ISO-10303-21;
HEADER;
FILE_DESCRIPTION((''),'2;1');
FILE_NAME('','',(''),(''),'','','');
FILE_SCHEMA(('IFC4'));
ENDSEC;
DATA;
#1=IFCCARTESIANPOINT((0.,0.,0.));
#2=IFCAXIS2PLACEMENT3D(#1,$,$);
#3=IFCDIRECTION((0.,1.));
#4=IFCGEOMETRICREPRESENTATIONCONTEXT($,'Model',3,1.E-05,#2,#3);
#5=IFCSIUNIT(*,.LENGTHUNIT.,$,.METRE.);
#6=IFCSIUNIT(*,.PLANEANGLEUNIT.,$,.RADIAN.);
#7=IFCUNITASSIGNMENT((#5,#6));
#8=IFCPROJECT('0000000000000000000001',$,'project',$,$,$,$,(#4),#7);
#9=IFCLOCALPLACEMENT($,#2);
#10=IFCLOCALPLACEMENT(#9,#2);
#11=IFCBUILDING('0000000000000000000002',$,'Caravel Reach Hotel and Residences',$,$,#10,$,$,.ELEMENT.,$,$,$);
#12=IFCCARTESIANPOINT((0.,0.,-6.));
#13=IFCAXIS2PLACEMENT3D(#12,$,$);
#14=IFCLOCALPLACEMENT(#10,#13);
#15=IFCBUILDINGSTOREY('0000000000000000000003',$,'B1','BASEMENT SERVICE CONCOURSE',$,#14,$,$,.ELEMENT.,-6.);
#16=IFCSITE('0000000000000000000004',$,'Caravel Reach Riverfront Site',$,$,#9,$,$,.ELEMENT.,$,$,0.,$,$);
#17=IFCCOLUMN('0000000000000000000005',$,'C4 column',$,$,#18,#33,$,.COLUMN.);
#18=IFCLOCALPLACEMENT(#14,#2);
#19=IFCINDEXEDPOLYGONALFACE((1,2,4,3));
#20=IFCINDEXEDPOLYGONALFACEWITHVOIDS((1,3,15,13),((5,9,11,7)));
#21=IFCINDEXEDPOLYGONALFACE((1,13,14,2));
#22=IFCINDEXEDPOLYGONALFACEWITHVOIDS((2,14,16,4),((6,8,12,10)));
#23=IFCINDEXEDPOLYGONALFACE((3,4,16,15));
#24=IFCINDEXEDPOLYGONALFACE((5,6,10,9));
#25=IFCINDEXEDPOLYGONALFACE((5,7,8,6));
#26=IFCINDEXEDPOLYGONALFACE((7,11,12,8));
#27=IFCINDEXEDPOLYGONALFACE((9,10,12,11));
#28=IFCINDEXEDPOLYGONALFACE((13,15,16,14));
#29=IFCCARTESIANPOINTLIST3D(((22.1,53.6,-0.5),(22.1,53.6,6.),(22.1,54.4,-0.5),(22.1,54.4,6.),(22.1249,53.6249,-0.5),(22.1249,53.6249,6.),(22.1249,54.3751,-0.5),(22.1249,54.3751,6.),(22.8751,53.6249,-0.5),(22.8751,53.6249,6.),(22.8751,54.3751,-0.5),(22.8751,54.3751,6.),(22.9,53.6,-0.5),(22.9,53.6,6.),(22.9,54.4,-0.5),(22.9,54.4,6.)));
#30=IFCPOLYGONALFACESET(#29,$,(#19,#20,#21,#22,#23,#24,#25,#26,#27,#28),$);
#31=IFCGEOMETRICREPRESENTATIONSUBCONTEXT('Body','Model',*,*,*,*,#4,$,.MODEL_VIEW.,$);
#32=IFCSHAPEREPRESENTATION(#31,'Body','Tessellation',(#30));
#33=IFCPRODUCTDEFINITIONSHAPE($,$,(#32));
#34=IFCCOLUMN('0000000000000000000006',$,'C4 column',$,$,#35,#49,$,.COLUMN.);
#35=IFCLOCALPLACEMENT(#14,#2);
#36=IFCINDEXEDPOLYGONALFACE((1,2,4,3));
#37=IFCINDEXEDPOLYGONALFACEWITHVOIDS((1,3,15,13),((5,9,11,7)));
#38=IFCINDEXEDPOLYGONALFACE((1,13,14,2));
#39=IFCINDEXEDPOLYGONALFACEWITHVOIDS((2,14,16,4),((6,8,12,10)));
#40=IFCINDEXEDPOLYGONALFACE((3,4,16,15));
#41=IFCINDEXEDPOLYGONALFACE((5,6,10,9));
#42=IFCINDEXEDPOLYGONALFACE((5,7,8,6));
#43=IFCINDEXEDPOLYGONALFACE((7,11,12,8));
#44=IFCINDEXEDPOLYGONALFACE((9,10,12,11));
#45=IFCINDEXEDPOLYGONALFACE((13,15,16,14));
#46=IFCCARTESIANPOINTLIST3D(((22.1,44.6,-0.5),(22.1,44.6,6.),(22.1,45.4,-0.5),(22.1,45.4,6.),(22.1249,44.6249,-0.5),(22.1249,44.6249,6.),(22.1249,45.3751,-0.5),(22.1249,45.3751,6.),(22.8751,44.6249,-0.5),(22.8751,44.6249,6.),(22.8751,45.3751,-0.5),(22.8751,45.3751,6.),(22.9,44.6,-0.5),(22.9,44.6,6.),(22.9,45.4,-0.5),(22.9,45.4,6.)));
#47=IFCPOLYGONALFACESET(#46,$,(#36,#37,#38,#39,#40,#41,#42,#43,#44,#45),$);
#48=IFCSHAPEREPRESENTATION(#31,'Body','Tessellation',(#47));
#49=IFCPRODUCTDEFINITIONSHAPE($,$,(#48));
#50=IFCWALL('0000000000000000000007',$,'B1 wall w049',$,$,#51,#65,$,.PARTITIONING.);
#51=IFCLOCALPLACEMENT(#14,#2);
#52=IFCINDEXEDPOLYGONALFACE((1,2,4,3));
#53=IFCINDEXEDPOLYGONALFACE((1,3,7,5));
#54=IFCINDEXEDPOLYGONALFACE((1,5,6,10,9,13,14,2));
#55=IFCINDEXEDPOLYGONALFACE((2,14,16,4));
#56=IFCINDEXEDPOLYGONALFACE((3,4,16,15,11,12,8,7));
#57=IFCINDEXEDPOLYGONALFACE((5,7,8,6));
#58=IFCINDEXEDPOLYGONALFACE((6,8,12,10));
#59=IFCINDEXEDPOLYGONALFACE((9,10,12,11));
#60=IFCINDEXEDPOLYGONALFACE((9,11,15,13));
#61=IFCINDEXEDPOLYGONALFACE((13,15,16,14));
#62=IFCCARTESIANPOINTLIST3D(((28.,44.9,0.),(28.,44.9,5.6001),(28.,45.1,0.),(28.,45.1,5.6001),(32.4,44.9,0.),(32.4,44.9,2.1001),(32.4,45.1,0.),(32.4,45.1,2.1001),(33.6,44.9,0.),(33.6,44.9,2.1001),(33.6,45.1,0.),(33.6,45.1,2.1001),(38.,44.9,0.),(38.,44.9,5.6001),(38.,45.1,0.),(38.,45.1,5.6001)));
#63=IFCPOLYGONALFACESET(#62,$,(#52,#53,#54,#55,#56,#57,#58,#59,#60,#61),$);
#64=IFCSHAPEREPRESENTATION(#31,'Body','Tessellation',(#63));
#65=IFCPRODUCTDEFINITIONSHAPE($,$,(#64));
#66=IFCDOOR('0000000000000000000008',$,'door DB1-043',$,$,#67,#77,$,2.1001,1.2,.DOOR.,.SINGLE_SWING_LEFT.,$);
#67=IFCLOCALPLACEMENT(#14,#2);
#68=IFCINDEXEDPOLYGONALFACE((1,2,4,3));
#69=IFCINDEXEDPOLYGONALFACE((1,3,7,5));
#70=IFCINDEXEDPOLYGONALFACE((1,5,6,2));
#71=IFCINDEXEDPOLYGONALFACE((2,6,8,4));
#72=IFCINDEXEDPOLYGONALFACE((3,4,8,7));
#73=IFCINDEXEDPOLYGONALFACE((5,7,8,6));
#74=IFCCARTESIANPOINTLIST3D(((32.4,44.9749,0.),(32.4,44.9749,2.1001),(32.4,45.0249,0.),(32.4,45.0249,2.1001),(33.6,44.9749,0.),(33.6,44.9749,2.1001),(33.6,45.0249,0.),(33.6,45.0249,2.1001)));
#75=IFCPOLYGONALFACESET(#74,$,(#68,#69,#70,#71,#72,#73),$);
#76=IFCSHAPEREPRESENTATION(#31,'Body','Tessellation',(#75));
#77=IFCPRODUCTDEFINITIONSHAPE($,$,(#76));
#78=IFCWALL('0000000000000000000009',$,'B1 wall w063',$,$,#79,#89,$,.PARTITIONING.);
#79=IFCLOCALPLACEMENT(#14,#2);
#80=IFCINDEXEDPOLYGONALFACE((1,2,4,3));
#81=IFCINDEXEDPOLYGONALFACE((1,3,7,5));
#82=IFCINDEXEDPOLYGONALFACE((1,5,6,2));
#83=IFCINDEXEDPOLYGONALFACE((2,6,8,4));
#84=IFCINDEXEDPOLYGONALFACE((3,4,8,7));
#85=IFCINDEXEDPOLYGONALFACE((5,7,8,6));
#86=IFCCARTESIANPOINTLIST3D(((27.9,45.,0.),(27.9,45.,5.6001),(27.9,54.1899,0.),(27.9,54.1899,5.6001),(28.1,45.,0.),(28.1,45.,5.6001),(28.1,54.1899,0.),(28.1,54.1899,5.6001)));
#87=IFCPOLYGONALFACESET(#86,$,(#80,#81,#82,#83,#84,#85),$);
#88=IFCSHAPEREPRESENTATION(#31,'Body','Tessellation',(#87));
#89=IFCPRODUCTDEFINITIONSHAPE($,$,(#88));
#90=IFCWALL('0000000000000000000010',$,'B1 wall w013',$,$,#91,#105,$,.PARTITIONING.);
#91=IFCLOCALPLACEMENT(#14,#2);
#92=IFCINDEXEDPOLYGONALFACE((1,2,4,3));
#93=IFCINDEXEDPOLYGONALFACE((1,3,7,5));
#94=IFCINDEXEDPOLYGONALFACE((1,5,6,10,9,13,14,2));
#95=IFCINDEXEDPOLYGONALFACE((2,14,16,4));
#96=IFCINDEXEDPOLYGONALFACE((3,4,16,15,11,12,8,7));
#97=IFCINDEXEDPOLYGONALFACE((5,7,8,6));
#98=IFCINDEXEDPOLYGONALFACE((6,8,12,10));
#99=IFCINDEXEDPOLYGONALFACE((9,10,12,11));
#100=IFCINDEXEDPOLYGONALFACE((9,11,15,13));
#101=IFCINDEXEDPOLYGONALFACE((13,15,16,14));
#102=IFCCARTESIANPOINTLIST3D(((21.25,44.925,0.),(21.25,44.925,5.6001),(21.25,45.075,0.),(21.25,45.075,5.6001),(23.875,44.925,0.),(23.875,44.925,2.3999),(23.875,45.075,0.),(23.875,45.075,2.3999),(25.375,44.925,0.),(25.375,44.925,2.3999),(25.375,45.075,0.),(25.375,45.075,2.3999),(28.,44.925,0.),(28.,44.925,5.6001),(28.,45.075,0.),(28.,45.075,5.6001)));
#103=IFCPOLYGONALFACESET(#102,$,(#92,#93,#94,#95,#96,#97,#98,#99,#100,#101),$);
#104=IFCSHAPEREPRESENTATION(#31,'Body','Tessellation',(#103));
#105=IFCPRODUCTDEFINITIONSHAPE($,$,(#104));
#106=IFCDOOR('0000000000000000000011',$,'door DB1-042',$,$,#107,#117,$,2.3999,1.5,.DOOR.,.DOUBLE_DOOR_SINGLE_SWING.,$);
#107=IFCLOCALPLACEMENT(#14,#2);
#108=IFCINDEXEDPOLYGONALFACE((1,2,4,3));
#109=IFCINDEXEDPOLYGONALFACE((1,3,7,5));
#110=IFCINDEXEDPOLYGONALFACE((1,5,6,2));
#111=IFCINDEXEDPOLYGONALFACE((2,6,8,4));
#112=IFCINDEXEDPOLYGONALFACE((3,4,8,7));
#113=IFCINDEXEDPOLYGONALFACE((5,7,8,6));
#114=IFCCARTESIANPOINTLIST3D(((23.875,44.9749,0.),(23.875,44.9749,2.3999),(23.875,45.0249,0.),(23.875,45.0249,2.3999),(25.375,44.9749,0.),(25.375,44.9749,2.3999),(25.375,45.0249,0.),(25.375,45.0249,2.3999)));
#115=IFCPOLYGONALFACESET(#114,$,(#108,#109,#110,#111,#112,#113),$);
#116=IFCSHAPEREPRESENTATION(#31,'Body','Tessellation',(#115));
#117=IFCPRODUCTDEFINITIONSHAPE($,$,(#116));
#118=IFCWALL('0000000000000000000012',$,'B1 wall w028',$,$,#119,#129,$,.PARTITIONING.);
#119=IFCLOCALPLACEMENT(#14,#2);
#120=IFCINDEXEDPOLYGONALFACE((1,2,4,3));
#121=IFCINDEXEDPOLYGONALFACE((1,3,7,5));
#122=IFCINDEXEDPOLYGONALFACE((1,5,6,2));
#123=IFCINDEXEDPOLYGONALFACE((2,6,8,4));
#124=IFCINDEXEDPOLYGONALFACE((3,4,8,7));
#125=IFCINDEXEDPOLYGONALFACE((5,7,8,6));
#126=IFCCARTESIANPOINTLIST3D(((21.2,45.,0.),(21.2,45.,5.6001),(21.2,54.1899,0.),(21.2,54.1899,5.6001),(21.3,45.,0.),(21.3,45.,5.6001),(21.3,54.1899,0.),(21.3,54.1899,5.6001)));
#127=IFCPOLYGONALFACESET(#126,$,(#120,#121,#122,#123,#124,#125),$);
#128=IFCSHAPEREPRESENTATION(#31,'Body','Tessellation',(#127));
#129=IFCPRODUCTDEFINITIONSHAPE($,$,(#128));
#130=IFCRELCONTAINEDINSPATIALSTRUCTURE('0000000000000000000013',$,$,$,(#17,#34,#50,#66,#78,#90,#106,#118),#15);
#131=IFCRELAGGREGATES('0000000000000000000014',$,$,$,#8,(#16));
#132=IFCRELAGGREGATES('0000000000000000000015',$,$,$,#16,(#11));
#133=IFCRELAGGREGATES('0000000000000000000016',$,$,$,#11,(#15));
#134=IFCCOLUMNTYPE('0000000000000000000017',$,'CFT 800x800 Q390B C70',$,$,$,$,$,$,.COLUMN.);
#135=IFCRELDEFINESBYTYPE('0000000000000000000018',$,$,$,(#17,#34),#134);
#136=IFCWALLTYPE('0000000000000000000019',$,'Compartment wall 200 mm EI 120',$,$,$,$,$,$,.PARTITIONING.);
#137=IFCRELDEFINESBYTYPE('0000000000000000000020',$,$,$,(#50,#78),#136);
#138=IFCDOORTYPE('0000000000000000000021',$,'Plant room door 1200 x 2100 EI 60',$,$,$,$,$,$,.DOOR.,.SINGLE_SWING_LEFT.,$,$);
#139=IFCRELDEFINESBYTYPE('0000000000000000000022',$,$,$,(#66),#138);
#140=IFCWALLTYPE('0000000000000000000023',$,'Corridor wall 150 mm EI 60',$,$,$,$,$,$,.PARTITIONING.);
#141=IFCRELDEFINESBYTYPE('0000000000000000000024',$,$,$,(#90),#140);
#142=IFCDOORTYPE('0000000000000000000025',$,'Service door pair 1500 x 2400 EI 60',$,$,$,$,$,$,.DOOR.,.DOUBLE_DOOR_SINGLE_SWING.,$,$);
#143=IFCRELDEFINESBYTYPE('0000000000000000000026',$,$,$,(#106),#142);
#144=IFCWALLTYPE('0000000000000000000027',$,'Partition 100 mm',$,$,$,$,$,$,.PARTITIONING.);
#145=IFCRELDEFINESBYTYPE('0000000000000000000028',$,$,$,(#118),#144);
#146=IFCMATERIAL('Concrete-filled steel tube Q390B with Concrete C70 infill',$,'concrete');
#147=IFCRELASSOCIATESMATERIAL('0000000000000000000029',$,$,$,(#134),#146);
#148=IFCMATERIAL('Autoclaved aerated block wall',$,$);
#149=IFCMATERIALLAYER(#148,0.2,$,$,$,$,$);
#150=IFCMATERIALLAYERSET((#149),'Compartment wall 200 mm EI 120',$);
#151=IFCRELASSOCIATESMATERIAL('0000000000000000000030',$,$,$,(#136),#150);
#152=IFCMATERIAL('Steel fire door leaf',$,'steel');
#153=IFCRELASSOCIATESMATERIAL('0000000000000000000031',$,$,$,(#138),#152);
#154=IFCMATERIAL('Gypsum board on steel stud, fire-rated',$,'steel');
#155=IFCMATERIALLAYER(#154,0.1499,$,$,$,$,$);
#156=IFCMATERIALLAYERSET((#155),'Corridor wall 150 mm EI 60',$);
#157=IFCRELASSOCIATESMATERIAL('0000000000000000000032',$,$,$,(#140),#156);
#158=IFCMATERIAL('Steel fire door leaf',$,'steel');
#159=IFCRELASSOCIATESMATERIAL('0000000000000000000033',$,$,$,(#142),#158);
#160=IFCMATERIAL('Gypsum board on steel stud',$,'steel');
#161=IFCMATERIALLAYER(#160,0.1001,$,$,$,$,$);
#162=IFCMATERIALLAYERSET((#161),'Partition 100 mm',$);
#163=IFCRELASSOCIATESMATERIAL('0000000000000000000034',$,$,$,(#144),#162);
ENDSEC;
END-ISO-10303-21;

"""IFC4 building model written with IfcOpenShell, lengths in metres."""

from ifc_helpers import new_model, si_unit, direction, frame, frame_2d, origin, origin_2d, place, context, subcontext, project, spatial, rectangle, hollow_rectangle, extrude, material, layer, layer_set, material_profile, profile_set, type_object, element, fill, save


model = new_model("IFC4")

# Units and contexts
model_context = context("Model", 3, precision=1e-05, world=origin(), true_north=direction((0.0, 1.0)))
body_context = subcontext(model_context, "Body", "Model", "MODEL_VIEW")
ifc_project = project(units=[si_unit("LENGTHUNIT", "METRE"), si_unit("PLANEANGLEUNIT", "RADIAN")], contexts=[model_context])

# Site, building, storey
site_placement = place(None, origin())
site = spatial("IfcSite", under=ifc_project, at=site_placement, Name="Caravel Reach Riverfront Site", CompositionType="ELEMENT", RefElevation=0.0)
building_placement = place(site_placement, origin())
building = spatial("IfcBuilding", under=site, at=building_placement, Name="Caravel Reach Hotel and Residences", CompositionType="ELEMENT")
storey_placement = place(building_placement, frame((0.0, 0.0, -6.0)))
storey = spatial("IfcBuildingStorey", under=building, at=storey_placement, Name="B1", Description="BASEMENT SERVICE CONCOURSE", CompositionType="ELEMENT", Elevation=-6.0)

# Columns
ifc_material_1 = material(Name="Concrete-filled steel tube Q390B with Concrete C70 infill", Category="concrete")
ifc_material_profile_1 = material_profile(ifc_material_1, hollow_rectangle(XDim=0.8, YDim=0.8, WallThickness=0.0249, at=origin_2d()), Name="RHS 800x800x25")
ifc_profile_set_1 = profile_set([ifc_material_profile_1], Name="Concrete-filled steel tube Q390B with Concrete C70 infill")
column_type_1 = type_object("IfcColumnType", Name="CFT 800x800 Q390B C70", PredefinedType="COLUMN", material=ifc_profile_set_1)
for number, where, z_axis, x_axis, name in (
    (1, (22.5, 54.0, -0.5), (0.0, 0.0, 1.0), (1.0, 0.0, 0.0), "C4 column"),
    (2, (22.5, 45.0, -0.5), (0.0, 0.0, 1.0), (1.0, 0.0, 0.0), "C4 column"),
):
    element("IfcColumn", number, at=place(storey_placement, frame(where, z_axis=z_axis, x_axis=x_axis)), inside=storey, type_object=column_type_1, Name=name, PredefinedType="COLUMN", context=body_context, shape_type="SweptSolid", body=[
        extrude(hollow_rectangle(XDim=0.8, YDim=0.8, WallThickness=0.0249, at=origin_2d()), origin(), (0.0, 0.0, 1.0), 6.5),
    ])

# Wall, opening, door
ifc_material_2 = material(Name="Autoclaved aerated block wall")
ifc_layer_1 = layer(ifc_material_2, 0.2)
ifc_layer_set_1 = layer_set([ifc_layer_1], Name="Compartment wall 200 mm EI 120")
wall_type_1 = type_object("IfcWallType", Name="Compartment wall 200 mm EI 120", PredefinedType="PARTITIONING", material=ifc_layer_set_1)
wall_1_placement = place(storey_placement, frame((28.0, 45.0, 0.0), z_axis=(0.0, 0.0, 1.0), x_axis=(1.0, 0.0, 0.0)))
wall_1 = element("IfcWall", 3, at=wall_1_placement, inside=storey, type_object=wall_type_1, Name="B1 wall w049", PredefinedType="PARTITIONING", context=body_context, shape_type="SweptSolid", body=[
    extrude(rectangle(XDim=10.0, YDim=0.2, at=frame_2d((5.0, 0.0))), origin(), (0.0, 0.0, 1.0), 5.6001),
])
opening_1_placement = place(wall_1_placement, frame((4.3999, 0.0, 0.0)))
opening_1 = element("IfcOpeningElement", 4, at=opening_1_placement, cuts=wall_1, PredefinedType="OPENING", context=body_context, shape_type="SweptSolid", body=[
    extrude(rectangle(XDim=1.2, YDim=2.1001, at=frame_2d((0.6001, 1.05))), frame((0.0, 0.1099, 0.0), z_axis=(0.0, -1.0, 0.0), x_axis=(1.0, 0.0, 0.0)), (0.0, 0.0, 1.0), 0.22),
])
ifc_material_3 = material(Name="Steel fire door leaf", Category="steel")
door_type_1 = type_object("IfcDoorType", Name="Plant room door 1200 x 2100 EI 60", OperationType="SINGLE_SWING_LEFT", PredefinedType="DOOR", material=ifc_material_3)
door_1_placement = place(opening_1_placement, origin())
door_1 = element("IfcDoor", 5, at=door_1_placement, inside=storey, type_object=door_type_1, Name="door DB1-043", OperationType="SINGLE_SWING_LEFT", OverallHeight=2.1001, OverallWidth=1.2, PredefinedType="DOOR", context=body_context, shape_type="SweptSolid", body=[
    extrude(rectangle(XDim=1.2, YDim=2.1001, at=frame_2d((0.6001, 1.05))), frame((0.0, 0.0249, 0.0), z_axis=(0.0, -1.0, 0.0), x_axis=(1.0, 0.0, 0.0)), (0.0, 0.0, 1.0), 0.05),
])
fill(opening_1, door_1)

# Wall
wall_2_placement = place(storey_placement, frame((28.0, 45.0, 0.0), z_axis=(0.0, 0.0, 1.0), x_axis=(0.0, 1.0, 0.0)))
element("IfcWall", 6, at=wall_2_placement, inside=storey, type_object=wall_type_1, Name="B1 wall w063", PredefinedType="PARTITIONING", context=body_context, shape_type="SweptSolid", body=[
    extrude(rectangle(XDim=9.1899, YDim=0.2, at=frame_2d((4.595, 0.0))), origin(), (0.0, 0.0, 1.0), 5.6001),
])

# Wall, opening, door
ifc_material_4 = material(Name="Gypsum board on steel stud, fire-rated", Category="steel")
ifc_layer_2 = layer(ifc_material_4, 0.1499)
ifc_layer_set_2 = layer_set([ifc_layer_2], Name="Corridor wall 150 mm EI 60")
wall_type_2 = type_object("IfcWallType", Name="Corridor wall 150 mm EI 60", PredefinedType="PARTITIONING", material=ifc_layer_set_2)
wall_3_placement = place(storey_placement, frame((21.25, 45.0, 0.0), z_axis=(0.0, 0.0, 1.0), x_axis=(1.0, 0.0, 0.0)))
wall_3 = element("IfcWall", 7, at=wall_3_placement, inside=storey, type_object=wall_type_2, Name="B1 wall w013", PredefinedType="PARTITIONING", context=body_context, shape_type="SweptSolid", body=[
    extrude(rectangle(XDim=6.75, YDim=0.1499, at=frame_2d((3.375, 0.0))), origin(), (0.0, 0.0, 1.0), 5.6001),
])
opening_2_placement = place(wall_3_placement, frame((2.625, 0.0, 0.0)))
opening_2 = element("IfcOpeningElement", 8, at=opening_2_placement, cuts=wall_3, PredefinedType="OPENING", context=body_context, shape_type="SweptSolid", body=[
    extrude(rectangle(XDim=1.5, YDim=2.3999, at=frame_2d((0.75, 1.2))), frame((0.0, 0.085, 0.0), z_axis=(0.0, -1.0, 0.0), x_axis=(1.0, 0.0, 0.0)), (0.0, 0.0, 1.0), 0.1699),
])
ifc_material_5 = material(Name="Steel fire door leaf", Category="steel")
door_type_2 = type_object("IfcDoorType", Name="Service door pair 1500 x 2400 EI 60", OperationType="DOUBLE_DOOR_SINGLE_SWING", PredefinedType="DOOR", material=ifc_material_5)
door_2_placement = place(opening_2_placement, origin())
door_2 = element("IfcDoor", 9, at=door_2_placement, inside=storey, type_object=door_type_2, Name="door DB1-042", OperationType="DOUBLE_DOOR_SINGLE_SWING", OverallHeight=2.3999, OverallWidth=1.5, PredefinedType="DOOR", context=body_context, shape_type="SweptSolid", body=[
    extrude(rectangle(XDim=1.5, YDim=2.3999, at=frame_2d((0.75, 1.2))), frame((0.0, 0.0249, 0.0), z_axis=(0.0, -1.0, 0.0), x_axis=(1.0, 0.0, 0.0)), (0.0, 0.0, 1.0), 0.05),
])
fill(opening_2, door_2)

# Wall
ifc_material_6 = material(Name="Gypsum board on steel stud", Category="steel")
ifc_layer_3 = layer(ifc_material_6, 0.1001)
ifc_layer_set_3 = layer_set([ifc_layer_3], Name="Partition 100 mm")
wall_type_3 = type_object("IfcWallType", Name="Partition 100 mm", PredefinedType="PARTITIONING", material=ifc_layer_set_3)
wall_4_placement = place(storey_placement, frame((21.25, 45.0, 0.0), z_axis=(0.0, 0.0, 1.0), x_axis=(0.0, 1.0, 0.0)))
element("IfcWall", 10, at=wall_4_placement, inside=storey, type_object=wall_type_3, Name="B1 wall w028", PredefinedType="PARTITIONING", context=body_context, shape_type="SweptSolid", body=[
    extrude(rectangle(XDim=9.1899, YDim=0.1001, at=frame_2d((4.595, 0.0))), origin(), (0.0, 0.0, 1.0), 5.6001),
])

save(model, "model.ifc")
